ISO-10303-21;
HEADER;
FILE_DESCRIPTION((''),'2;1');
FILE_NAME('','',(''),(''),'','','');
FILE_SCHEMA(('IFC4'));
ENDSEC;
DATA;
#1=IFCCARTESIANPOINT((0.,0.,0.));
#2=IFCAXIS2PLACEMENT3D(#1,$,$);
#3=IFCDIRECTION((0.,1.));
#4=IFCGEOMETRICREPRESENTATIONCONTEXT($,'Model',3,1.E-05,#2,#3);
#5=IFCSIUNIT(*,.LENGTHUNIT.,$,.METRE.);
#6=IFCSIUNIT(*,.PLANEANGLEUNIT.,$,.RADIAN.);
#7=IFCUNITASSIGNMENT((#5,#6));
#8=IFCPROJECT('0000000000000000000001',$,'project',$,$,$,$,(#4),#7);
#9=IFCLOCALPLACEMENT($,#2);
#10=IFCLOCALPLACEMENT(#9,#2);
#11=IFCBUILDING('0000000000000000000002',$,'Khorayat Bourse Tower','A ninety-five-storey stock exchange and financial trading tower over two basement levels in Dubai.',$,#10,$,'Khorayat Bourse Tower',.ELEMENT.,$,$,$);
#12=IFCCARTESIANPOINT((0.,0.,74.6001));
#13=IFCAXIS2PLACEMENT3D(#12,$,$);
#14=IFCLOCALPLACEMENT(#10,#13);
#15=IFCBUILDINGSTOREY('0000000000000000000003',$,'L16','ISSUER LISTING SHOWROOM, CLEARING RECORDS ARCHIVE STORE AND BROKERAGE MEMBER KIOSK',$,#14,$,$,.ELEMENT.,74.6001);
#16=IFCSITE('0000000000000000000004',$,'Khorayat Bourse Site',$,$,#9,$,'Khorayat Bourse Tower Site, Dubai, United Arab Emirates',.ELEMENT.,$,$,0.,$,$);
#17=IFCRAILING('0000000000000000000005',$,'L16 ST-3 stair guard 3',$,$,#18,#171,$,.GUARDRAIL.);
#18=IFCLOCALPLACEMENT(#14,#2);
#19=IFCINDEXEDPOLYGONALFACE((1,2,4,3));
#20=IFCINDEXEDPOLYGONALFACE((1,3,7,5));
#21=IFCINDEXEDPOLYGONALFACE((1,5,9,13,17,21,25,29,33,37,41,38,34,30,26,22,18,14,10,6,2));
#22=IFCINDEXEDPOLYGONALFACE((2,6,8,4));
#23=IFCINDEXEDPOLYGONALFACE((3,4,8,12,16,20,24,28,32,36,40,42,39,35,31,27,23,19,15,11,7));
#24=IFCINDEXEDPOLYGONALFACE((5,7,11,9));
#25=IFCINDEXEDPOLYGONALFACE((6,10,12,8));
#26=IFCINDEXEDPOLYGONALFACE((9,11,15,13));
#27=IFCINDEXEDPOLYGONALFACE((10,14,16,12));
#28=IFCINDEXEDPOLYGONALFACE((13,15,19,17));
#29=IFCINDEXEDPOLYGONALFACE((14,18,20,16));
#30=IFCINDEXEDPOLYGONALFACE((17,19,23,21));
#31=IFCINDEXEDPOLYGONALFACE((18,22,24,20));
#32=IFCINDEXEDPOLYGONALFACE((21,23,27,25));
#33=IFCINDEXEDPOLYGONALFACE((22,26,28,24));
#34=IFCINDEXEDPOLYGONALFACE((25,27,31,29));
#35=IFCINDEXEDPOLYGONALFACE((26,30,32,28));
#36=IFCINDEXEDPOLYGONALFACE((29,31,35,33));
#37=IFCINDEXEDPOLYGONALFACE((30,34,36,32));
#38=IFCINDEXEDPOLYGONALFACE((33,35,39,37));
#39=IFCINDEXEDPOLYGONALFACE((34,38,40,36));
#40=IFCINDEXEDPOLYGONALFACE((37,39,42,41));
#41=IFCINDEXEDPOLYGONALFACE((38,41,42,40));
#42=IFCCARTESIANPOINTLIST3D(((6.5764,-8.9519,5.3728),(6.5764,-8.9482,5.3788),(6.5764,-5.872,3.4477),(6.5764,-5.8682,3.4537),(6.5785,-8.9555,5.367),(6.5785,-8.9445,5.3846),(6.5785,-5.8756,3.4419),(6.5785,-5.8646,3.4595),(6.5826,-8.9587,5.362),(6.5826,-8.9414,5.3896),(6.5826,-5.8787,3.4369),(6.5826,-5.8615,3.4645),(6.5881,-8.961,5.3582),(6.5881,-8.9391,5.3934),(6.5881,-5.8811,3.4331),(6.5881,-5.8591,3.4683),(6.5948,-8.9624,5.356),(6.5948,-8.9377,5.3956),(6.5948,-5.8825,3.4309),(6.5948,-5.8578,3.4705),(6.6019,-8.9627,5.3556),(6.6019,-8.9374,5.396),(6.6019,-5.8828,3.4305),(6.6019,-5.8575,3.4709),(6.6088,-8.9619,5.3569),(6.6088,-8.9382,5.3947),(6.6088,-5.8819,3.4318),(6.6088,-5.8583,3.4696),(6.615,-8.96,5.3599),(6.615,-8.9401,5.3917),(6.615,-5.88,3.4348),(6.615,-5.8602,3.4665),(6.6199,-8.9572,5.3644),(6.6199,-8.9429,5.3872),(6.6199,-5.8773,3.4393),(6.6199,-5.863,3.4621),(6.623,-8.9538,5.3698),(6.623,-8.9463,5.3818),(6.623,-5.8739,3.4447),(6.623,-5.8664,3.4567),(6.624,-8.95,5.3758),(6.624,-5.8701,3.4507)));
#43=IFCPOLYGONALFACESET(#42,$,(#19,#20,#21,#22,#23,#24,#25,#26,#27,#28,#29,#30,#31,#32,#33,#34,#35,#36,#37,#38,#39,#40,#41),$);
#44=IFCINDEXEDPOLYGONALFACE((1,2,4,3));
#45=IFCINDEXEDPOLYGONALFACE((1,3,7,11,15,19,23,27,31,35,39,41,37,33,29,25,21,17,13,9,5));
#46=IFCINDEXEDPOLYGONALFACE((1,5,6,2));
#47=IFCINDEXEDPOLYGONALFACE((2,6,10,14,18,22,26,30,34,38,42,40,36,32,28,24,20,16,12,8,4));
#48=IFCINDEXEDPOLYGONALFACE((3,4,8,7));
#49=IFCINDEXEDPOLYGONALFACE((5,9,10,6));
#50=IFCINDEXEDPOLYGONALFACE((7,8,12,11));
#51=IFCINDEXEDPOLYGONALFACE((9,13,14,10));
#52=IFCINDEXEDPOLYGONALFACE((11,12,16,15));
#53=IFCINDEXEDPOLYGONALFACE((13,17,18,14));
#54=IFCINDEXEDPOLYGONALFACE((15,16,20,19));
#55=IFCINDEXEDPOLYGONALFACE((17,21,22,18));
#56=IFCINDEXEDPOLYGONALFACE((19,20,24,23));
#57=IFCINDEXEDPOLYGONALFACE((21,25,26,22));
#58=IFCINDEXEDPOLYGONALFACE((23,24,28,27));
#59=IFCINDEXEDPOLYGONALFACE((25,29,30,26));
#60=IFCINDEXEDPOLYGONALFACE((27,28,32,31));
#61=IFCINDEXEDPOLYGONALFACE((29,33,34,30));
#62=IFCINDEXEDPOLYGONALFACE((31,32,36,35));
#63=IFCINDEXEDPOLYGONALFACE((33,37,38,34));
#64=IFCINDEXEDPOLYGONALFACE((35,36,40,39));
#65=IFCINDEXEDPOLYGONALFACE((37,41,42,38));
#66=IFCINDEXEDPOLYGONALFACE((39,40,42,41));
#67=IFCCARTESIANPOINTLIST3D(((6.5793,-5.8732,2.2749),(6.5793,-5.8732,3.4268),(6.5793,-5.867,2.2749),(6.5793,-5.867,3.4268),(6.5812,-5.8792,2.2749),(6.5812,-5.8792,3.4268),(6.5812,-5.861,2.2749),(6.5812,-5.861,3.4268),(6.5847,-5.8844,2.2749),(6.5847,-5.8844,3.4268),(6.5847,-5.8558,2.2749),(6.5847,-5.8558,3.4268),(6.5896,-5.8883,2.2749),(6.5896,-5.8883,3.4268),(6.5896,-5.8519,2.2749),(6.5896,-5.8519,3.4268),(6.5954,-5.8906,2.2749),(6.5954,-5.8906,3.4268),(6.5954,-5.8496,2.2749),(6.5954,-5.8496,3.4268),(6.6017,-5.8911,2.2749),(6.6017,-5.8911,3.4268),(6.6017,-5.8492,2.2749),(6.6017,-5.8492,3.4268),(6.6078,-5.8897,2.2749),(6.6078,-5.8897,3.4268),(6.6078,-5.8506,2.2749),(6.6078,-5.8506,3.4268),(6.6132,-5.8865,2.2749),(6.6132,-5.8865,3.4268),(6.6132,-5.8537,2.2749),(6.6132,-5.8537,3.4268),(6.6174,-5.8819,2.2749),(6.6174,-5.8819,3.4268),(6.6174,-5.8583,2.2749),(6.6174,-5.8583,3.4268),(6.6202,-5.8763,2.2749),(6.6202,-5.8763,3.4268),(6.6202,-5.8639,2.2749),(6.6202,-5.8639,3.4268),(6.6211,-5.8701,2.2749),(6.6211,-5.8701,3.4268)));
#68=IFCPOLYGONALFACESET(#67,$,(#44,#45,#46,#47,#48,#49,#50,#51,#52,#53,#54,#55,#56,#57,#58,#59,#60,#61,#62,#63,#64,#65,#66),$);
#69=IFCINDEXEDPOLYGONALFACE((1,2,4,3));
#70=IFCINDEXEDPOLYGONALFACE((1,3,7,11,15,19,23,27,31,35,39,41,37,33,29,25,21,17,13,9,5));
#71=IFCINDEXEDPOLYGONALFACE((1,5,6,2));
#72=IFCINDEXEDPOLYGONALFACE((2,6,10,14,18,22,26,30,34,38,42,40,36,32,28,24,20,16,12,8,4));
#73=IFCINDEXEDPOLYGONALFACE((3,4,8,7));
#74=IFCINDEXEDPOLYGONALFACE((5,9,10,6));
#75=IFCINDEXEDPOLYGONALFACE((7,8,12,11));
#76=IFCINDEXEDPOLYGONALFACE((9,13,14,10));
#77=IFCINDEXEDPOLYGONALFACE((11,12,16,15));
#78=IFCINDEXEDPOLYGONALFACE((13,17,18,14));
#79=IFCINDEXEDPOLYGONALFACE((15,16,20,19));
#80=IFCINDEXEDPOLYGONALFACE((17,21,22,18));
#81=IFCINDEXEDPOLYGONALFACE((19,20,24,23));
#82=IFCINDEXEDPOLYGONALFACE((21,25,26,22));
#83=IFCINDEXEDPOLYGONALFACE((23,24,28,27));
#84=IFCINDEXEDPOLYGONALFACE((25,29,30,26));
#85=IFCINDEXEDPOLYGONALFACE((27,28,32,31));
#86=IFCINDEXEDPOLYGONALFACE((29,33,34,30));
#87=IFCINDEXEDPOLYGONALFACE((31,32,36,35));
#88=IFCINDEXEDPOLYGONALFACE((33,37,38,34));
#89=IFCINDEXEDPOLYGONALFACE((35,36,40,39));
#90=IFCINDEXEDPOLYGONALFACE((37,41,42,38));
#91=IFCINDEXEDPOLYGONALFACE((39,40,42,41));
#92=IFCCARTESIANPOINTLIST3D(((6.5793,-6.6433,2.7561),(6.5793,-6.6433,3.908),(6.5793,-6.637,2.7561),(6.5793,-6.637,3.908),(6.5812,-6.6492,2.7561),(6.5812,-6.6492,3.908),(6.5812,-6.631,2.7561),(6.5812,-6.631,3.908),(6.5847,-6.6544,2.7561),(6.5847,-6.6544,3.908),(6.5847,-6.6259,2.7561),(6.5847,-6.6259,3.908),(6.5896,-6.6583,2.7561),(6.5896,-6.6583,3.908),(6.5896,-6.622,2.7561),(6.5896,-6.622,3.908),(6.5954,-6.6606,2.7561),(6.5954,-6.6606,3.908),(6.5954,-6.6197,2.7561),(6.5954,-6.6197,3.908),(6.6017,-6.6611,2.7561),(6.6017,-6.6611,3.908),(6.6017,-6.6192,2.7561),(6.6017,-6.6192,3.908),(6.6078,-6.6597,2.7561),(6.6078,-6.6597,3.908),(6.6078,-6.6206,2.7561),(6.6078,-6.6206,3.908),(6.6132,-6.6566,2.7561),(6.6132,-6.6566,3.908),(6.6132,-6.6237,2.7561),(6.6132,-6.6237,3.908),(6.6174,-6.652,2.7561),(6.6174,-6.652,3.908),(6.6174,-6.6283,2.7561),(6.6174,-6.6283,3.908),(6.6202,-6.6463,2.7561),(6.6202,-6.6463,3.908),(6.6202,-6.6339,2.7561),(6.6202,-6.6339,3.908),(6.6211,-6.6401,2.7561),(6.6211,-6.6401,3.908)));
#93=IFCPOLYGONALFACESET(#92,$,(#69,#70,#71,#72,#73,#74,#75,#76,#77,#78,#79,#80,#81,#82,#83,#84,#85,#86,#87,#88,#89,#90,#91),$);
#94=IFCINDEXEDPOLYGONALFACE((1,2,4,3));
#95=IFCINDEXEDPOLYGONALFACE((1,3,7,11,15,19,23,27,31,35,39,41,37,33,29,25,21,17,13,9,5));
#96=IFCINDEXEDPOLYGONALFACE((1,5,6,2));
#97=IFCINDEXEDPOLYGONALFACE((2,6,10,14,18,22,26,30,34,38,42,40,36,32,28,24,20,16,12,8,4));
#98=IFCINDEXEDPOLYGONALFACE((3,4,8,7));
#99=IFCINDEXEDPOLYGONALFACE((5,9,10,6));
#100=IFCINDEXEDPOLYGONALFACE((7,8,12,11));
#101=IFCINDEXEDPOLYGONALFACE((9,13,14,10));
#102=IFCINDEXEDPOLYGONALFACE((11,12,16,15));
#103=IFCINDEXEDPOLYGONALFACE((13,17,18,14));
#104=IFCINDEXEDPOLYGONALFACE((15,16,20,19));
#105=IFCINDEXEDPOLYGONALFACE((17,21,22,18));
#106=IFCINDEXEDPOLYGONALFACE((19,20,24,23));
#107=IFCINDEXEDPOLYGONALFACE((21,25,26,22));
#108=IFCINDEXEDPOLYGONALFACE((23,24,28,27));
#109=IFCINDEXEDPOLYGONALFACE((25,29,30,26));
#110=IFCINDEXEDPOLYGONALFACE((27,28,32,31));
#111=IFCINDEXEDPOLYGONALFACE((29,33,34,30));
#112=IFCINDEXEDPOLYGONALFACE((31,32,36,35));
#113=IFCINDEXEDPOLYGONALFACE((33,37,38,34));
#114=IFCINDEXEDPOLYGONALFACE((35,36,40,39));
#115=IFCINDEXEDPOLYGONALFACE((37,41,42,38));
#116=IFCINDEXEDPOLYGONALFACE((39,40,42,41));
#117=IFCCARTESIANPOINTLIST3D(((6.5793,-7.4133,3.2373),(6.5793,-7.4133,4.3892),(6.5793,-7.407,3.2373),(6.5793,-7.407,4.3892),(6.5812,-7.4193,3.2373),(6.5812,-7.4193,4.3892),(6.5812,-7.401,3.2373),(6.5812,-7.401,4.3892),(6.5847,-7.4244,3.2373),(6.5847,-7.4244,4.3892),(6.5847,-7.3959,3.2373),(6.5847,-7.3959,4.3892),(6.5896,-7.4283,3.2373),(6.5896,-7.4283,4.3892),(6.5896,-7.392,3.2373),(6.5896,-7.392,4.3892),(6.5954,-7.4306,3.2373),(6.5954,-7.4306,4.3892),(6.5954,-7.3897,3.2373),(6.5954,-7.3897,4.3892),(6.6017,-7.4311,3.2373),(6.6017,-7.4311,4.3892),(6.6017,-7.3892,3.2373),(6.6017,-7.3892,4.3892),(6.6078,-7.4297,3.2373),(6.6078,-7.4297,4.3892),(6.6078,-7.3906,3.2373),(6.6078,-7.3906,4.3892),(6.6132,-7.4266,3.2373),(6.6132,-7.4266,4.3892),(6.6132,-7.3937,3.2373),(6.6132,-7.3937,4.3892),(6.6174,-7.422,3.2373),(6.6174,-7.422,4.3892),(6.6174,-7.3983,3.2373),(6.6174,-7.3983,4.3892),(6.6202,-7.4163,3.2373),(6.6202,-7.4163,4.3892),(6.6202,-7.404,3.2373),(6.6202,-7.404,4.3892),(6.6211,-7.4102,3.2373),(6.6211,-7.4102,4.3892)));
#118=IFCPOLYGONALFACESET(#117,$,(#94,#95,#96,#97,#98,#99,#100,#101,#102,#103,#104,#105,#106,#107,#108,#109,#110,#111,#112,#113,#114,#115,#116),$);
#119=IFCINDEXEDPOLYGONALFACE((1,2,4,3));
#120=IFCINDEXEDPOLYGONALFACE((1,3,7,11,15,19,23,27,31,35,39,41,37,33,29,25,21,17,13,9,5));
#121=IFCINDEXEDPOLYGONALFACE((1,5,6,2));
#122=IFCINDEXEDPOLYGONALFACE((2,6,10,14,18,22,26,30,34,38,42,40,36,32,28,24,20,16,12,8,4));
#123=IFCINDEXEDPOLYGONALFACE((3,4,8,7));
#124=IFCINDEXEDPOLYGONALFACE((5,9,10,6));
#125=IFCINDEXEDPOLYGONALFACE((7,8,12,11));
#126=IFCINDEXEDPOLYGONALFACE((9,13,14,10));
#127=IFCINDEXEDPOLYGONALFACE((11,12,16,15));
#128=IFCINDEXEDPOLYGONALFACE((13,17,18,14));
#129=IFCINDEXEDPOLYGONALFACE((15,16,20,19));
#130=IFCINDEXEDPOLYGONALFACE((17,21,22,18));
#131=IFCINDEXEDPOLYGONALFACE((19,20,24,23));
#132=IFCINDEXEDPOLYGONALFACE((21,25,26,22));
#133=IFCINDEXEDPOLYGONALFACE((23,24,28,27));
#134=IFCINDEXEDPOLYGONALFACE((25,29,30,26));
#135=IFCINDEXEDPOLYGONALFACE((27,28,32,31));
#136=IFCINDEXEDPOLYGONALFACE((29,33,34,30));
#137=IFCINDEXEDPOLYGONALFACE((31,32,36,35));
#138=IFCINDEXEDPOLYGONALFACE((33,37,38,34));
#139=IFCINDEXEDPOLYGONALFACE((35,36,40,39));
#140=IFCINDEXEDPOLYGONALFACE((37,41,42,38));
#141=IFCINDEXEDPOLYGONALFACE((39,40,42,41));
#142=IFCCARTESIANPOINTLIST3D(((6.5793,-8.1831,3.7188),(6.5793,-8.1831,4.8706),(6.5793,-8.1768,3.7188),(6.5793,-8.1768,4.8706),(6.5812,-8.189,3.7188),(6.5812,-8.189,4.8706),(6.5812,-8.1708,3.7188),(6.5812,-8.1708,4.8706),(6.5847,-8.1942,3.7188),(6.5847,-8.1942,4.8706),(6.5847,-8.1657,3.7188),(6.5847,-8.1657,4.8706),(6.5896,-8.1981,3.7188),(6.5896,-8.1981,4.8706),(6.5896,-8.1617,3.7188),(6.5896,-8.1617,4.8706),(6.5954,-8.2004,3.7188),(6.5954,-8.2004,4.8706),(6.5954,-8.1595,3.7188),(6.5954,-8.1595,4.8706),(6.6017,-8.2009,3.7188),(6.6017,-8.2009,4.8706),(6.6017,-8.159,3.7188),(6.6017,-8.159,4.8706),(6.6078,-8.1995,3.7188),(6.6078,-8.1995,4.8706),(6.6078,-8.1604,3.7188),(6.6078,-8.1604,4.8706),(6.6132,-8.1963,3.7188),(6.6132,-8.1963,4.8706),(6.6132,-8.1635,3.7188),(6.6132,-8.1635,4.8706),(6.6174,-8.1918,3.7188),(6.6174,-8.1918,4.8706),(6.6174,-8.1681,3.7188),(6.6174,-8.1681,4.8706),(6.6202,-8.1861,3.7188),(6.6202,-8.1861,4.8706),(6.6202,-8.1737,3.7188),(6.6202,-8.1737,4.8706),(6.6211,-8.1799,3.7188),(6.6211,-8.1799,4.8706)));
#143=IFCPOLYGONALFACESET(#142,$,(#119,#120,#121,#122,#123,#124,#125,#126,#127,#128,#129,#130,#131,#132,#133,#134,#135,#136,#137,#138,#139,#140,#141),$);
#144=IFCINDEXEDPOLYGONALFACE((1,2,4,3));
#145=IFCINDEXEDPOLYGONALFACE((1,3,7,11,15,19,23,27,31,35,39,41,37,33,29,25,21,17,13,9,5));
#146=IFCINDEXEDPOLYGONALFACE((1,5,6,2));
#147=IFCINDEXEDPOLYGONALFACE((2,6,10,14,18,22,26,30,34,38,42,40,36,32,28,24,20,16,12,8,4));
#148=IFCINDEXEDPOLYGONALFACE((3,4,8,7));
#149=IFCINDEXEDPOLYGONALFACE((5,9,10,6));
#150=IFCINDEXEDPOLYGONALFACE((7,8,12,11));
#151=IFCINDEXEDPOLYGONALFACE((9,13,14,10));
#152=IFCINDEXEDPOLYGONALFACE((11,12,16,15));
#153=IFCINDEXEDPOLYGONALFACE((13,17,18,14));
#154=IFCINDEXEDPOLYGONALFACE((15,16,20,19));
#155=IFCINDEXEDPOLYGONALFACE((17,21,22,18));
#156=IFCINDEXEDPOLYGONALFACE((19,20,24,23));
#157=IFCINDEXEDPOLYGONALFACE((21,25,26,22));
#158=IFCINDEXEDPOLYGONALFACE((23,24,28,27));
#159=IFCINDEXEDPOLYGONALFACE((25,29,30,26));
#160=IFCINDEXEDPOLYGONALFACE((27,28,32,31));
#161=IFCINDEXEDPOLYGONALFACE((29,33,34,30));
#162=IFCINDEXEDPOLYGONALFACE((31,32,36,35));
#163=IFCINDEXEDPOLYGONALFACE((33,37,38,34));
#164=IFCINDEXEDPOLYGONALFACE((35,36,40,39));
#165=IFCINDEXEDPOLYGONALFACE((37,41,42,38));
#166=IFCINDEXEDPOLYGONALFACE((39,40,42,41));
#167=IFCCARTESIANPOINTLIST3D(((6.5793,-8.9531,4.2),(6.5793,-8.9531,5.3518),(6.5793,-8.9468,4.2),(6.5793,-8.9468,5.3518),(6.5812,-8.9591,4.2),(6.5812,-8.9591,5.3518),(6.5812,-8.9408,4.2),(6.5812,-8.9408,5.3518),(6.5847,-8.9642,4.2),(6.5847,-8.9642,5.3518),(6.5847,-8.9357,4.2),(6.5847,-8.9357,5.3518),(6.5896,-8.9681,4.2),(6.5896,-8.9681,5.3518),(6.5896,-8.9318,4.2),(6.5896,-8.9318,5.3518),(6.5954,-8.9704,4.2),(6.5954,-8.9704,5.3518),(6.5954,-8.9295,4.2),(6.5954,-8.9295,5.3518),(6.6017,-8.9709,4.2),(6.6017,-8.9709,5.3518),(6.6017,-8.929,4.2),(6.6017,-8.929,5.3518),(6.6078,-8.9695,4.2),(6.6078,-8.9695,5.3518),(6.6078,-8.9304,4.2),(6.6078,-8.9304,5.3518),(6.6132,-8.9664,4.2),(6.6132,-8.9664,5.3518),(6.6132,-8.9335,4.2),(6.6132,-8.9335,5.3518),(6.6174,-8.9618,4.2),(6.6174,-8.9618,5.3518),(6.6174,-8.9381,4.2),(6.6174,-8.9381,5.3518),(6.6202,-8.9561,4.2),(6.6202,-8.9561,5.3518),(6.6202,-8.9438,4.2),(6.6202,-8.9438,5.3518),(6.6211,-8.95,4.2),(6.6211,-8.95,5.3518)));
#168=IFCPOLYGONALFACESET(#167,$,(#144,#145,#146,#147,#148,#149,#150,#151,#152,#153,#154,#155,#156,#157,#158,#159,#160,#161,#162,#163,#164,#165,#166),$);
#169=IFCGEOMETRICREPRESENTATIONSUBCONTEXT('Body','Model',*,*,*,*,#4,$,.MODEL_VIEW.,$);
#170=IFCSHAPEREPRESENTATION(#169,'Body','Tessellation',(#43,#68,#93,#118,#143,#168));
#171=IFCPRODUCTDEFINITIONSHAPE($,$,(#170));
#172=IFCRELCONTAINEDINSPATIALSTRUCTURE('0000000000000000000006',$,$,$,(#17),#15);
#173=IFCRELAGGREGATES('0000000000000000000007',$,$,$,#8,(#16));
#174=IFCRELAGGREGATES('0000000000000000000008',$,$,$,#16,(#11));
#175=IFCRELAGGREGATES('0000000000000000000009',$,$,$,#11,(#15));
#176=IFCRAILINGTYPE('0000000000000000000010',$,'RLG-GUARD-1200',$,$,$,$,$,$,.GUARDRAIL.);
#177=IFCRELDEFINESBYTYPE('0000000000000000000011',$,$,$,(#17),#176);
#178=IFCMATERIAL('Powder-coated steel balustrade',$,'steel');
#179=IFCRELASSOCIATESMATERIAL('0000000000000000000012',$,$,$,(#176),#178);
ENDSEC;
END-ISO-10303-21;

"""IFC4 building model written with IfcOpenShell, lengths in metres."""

from ifc_helpers import new_model, si_unit, direction, frame, origin, origin_2d, place, context, subcontext, project, spatial, circle, extrude, source, transform, mapped, material, type_object, element, save


model = new_model("IFC4")

# Units and contexts
model_context = context("Model", 3, precision=1e-05, world=origin(), true_north=direction((0.0, 1.0)))
body_context = subcontext(model_context, "Body", "Model", "MODEL_VIEW")
ifc_project = project(units=[si_unit("LENGTHUNIT", "METRE"), si_unit("PLANEANGLEUNIT", "RADIAN")], contexts=[model_context])

# Site, building, storey
site_placement = place(None, origin())
site = spatial("IfcSite", under=ifc_project, at=site_placement, Name="Khorayat Bourse Site", LongName="Khorayat Bourse Tower Site, Dubai, United Arab Emirates", CompositionType="ELEMENT", RefElevation=0.0)
building_placement = place(site_placement, origin())
building = spatial("IfcBuilding", under=site, at=building_placement, Name="Khorayat Bourse Tower", Description="A ninety-five-storey stock exchange and financial trading tower over two basement levels in Dubai.", LongName="Khorayat Bourse Tower", CompositionType="ELEMENT")
storey_placement = place(building_placement, frame((0.0, 0.0, 74.6001)))
storey = spatial("IfcBuildingStorey", under=building, at=storey_placement, Name="L16", Description="ISSUER LISTING SHOWROOM, CLEARING RECORDS ARCHIVE STORE AND BROKERAGE MEMBER KIOSK", CompositionType="ELEMENT", Elevation=74.6001)

# Railing
ifc_material_1 = material(Name="Powder-coated steel balustrade", Category="steel")
railing_type_1 = type_object("IfcRailingType", Name="RLG-GUARD-1200", PredefinedType="GUARDRAIL", material=ifc_material_1)
shared_shape_1 = source(origin(), body_context, "Body", "SweptSolid", [
    extrude(circle(Radius=0.0239, at=origin_2d()), frame((0.0, 0.0, 1.1758), z_axis=(0.0, -0.847979, 0.530029), x_axis=(1.0, 0.0, 0.0)), (0.0, 0.0, 1.0), 3.6321),
    extrude(circle(Radius=0.021, at=origin_2d()), origin(), (0.0, 0.0, 1.0), 1.1519),
    extrude(circle(Radius=0.021, at=origin_2d()), frame((0.0, -0.77, 0.4812)), (0.0, 0.0, 1.0), 1.1519),
    extrude(circle(Radius=0.021, at=origin_2d()), frame((0.0, -1.54, 0.9624)), (0.0, 0.0, 1.0), 1.1519),
    extrude(circle(Radius=0.021, at=origin_2d()), frame((0.0, -2.3098, 1.4438)), (0.0, 0.0, 1.0), 1.1519),
    extrude(circle(Radius=0.021, at=origin_2d()), frame((0.0, -3.0798, 1.925)), (0.0, 0.0, 1.0), 1.1519),
])
railing_1_placement = place(storey_placement, frame((6.6001, -5.8701, 2.2749)))
element("IfcRailing", 1, at=railing_1_placement, inside=storey, type_object=railing_type_1, Name="L16 ST-3 stair guard 3", PredefinedType="GUARDRAIL", context=body_context, shape_type="MappedRepresentation", body=[
    mapped(shared_shape_1, transform((0.0, 0.0, 0.0), scale=1.0)),
])

save(model, "model.ifc")
